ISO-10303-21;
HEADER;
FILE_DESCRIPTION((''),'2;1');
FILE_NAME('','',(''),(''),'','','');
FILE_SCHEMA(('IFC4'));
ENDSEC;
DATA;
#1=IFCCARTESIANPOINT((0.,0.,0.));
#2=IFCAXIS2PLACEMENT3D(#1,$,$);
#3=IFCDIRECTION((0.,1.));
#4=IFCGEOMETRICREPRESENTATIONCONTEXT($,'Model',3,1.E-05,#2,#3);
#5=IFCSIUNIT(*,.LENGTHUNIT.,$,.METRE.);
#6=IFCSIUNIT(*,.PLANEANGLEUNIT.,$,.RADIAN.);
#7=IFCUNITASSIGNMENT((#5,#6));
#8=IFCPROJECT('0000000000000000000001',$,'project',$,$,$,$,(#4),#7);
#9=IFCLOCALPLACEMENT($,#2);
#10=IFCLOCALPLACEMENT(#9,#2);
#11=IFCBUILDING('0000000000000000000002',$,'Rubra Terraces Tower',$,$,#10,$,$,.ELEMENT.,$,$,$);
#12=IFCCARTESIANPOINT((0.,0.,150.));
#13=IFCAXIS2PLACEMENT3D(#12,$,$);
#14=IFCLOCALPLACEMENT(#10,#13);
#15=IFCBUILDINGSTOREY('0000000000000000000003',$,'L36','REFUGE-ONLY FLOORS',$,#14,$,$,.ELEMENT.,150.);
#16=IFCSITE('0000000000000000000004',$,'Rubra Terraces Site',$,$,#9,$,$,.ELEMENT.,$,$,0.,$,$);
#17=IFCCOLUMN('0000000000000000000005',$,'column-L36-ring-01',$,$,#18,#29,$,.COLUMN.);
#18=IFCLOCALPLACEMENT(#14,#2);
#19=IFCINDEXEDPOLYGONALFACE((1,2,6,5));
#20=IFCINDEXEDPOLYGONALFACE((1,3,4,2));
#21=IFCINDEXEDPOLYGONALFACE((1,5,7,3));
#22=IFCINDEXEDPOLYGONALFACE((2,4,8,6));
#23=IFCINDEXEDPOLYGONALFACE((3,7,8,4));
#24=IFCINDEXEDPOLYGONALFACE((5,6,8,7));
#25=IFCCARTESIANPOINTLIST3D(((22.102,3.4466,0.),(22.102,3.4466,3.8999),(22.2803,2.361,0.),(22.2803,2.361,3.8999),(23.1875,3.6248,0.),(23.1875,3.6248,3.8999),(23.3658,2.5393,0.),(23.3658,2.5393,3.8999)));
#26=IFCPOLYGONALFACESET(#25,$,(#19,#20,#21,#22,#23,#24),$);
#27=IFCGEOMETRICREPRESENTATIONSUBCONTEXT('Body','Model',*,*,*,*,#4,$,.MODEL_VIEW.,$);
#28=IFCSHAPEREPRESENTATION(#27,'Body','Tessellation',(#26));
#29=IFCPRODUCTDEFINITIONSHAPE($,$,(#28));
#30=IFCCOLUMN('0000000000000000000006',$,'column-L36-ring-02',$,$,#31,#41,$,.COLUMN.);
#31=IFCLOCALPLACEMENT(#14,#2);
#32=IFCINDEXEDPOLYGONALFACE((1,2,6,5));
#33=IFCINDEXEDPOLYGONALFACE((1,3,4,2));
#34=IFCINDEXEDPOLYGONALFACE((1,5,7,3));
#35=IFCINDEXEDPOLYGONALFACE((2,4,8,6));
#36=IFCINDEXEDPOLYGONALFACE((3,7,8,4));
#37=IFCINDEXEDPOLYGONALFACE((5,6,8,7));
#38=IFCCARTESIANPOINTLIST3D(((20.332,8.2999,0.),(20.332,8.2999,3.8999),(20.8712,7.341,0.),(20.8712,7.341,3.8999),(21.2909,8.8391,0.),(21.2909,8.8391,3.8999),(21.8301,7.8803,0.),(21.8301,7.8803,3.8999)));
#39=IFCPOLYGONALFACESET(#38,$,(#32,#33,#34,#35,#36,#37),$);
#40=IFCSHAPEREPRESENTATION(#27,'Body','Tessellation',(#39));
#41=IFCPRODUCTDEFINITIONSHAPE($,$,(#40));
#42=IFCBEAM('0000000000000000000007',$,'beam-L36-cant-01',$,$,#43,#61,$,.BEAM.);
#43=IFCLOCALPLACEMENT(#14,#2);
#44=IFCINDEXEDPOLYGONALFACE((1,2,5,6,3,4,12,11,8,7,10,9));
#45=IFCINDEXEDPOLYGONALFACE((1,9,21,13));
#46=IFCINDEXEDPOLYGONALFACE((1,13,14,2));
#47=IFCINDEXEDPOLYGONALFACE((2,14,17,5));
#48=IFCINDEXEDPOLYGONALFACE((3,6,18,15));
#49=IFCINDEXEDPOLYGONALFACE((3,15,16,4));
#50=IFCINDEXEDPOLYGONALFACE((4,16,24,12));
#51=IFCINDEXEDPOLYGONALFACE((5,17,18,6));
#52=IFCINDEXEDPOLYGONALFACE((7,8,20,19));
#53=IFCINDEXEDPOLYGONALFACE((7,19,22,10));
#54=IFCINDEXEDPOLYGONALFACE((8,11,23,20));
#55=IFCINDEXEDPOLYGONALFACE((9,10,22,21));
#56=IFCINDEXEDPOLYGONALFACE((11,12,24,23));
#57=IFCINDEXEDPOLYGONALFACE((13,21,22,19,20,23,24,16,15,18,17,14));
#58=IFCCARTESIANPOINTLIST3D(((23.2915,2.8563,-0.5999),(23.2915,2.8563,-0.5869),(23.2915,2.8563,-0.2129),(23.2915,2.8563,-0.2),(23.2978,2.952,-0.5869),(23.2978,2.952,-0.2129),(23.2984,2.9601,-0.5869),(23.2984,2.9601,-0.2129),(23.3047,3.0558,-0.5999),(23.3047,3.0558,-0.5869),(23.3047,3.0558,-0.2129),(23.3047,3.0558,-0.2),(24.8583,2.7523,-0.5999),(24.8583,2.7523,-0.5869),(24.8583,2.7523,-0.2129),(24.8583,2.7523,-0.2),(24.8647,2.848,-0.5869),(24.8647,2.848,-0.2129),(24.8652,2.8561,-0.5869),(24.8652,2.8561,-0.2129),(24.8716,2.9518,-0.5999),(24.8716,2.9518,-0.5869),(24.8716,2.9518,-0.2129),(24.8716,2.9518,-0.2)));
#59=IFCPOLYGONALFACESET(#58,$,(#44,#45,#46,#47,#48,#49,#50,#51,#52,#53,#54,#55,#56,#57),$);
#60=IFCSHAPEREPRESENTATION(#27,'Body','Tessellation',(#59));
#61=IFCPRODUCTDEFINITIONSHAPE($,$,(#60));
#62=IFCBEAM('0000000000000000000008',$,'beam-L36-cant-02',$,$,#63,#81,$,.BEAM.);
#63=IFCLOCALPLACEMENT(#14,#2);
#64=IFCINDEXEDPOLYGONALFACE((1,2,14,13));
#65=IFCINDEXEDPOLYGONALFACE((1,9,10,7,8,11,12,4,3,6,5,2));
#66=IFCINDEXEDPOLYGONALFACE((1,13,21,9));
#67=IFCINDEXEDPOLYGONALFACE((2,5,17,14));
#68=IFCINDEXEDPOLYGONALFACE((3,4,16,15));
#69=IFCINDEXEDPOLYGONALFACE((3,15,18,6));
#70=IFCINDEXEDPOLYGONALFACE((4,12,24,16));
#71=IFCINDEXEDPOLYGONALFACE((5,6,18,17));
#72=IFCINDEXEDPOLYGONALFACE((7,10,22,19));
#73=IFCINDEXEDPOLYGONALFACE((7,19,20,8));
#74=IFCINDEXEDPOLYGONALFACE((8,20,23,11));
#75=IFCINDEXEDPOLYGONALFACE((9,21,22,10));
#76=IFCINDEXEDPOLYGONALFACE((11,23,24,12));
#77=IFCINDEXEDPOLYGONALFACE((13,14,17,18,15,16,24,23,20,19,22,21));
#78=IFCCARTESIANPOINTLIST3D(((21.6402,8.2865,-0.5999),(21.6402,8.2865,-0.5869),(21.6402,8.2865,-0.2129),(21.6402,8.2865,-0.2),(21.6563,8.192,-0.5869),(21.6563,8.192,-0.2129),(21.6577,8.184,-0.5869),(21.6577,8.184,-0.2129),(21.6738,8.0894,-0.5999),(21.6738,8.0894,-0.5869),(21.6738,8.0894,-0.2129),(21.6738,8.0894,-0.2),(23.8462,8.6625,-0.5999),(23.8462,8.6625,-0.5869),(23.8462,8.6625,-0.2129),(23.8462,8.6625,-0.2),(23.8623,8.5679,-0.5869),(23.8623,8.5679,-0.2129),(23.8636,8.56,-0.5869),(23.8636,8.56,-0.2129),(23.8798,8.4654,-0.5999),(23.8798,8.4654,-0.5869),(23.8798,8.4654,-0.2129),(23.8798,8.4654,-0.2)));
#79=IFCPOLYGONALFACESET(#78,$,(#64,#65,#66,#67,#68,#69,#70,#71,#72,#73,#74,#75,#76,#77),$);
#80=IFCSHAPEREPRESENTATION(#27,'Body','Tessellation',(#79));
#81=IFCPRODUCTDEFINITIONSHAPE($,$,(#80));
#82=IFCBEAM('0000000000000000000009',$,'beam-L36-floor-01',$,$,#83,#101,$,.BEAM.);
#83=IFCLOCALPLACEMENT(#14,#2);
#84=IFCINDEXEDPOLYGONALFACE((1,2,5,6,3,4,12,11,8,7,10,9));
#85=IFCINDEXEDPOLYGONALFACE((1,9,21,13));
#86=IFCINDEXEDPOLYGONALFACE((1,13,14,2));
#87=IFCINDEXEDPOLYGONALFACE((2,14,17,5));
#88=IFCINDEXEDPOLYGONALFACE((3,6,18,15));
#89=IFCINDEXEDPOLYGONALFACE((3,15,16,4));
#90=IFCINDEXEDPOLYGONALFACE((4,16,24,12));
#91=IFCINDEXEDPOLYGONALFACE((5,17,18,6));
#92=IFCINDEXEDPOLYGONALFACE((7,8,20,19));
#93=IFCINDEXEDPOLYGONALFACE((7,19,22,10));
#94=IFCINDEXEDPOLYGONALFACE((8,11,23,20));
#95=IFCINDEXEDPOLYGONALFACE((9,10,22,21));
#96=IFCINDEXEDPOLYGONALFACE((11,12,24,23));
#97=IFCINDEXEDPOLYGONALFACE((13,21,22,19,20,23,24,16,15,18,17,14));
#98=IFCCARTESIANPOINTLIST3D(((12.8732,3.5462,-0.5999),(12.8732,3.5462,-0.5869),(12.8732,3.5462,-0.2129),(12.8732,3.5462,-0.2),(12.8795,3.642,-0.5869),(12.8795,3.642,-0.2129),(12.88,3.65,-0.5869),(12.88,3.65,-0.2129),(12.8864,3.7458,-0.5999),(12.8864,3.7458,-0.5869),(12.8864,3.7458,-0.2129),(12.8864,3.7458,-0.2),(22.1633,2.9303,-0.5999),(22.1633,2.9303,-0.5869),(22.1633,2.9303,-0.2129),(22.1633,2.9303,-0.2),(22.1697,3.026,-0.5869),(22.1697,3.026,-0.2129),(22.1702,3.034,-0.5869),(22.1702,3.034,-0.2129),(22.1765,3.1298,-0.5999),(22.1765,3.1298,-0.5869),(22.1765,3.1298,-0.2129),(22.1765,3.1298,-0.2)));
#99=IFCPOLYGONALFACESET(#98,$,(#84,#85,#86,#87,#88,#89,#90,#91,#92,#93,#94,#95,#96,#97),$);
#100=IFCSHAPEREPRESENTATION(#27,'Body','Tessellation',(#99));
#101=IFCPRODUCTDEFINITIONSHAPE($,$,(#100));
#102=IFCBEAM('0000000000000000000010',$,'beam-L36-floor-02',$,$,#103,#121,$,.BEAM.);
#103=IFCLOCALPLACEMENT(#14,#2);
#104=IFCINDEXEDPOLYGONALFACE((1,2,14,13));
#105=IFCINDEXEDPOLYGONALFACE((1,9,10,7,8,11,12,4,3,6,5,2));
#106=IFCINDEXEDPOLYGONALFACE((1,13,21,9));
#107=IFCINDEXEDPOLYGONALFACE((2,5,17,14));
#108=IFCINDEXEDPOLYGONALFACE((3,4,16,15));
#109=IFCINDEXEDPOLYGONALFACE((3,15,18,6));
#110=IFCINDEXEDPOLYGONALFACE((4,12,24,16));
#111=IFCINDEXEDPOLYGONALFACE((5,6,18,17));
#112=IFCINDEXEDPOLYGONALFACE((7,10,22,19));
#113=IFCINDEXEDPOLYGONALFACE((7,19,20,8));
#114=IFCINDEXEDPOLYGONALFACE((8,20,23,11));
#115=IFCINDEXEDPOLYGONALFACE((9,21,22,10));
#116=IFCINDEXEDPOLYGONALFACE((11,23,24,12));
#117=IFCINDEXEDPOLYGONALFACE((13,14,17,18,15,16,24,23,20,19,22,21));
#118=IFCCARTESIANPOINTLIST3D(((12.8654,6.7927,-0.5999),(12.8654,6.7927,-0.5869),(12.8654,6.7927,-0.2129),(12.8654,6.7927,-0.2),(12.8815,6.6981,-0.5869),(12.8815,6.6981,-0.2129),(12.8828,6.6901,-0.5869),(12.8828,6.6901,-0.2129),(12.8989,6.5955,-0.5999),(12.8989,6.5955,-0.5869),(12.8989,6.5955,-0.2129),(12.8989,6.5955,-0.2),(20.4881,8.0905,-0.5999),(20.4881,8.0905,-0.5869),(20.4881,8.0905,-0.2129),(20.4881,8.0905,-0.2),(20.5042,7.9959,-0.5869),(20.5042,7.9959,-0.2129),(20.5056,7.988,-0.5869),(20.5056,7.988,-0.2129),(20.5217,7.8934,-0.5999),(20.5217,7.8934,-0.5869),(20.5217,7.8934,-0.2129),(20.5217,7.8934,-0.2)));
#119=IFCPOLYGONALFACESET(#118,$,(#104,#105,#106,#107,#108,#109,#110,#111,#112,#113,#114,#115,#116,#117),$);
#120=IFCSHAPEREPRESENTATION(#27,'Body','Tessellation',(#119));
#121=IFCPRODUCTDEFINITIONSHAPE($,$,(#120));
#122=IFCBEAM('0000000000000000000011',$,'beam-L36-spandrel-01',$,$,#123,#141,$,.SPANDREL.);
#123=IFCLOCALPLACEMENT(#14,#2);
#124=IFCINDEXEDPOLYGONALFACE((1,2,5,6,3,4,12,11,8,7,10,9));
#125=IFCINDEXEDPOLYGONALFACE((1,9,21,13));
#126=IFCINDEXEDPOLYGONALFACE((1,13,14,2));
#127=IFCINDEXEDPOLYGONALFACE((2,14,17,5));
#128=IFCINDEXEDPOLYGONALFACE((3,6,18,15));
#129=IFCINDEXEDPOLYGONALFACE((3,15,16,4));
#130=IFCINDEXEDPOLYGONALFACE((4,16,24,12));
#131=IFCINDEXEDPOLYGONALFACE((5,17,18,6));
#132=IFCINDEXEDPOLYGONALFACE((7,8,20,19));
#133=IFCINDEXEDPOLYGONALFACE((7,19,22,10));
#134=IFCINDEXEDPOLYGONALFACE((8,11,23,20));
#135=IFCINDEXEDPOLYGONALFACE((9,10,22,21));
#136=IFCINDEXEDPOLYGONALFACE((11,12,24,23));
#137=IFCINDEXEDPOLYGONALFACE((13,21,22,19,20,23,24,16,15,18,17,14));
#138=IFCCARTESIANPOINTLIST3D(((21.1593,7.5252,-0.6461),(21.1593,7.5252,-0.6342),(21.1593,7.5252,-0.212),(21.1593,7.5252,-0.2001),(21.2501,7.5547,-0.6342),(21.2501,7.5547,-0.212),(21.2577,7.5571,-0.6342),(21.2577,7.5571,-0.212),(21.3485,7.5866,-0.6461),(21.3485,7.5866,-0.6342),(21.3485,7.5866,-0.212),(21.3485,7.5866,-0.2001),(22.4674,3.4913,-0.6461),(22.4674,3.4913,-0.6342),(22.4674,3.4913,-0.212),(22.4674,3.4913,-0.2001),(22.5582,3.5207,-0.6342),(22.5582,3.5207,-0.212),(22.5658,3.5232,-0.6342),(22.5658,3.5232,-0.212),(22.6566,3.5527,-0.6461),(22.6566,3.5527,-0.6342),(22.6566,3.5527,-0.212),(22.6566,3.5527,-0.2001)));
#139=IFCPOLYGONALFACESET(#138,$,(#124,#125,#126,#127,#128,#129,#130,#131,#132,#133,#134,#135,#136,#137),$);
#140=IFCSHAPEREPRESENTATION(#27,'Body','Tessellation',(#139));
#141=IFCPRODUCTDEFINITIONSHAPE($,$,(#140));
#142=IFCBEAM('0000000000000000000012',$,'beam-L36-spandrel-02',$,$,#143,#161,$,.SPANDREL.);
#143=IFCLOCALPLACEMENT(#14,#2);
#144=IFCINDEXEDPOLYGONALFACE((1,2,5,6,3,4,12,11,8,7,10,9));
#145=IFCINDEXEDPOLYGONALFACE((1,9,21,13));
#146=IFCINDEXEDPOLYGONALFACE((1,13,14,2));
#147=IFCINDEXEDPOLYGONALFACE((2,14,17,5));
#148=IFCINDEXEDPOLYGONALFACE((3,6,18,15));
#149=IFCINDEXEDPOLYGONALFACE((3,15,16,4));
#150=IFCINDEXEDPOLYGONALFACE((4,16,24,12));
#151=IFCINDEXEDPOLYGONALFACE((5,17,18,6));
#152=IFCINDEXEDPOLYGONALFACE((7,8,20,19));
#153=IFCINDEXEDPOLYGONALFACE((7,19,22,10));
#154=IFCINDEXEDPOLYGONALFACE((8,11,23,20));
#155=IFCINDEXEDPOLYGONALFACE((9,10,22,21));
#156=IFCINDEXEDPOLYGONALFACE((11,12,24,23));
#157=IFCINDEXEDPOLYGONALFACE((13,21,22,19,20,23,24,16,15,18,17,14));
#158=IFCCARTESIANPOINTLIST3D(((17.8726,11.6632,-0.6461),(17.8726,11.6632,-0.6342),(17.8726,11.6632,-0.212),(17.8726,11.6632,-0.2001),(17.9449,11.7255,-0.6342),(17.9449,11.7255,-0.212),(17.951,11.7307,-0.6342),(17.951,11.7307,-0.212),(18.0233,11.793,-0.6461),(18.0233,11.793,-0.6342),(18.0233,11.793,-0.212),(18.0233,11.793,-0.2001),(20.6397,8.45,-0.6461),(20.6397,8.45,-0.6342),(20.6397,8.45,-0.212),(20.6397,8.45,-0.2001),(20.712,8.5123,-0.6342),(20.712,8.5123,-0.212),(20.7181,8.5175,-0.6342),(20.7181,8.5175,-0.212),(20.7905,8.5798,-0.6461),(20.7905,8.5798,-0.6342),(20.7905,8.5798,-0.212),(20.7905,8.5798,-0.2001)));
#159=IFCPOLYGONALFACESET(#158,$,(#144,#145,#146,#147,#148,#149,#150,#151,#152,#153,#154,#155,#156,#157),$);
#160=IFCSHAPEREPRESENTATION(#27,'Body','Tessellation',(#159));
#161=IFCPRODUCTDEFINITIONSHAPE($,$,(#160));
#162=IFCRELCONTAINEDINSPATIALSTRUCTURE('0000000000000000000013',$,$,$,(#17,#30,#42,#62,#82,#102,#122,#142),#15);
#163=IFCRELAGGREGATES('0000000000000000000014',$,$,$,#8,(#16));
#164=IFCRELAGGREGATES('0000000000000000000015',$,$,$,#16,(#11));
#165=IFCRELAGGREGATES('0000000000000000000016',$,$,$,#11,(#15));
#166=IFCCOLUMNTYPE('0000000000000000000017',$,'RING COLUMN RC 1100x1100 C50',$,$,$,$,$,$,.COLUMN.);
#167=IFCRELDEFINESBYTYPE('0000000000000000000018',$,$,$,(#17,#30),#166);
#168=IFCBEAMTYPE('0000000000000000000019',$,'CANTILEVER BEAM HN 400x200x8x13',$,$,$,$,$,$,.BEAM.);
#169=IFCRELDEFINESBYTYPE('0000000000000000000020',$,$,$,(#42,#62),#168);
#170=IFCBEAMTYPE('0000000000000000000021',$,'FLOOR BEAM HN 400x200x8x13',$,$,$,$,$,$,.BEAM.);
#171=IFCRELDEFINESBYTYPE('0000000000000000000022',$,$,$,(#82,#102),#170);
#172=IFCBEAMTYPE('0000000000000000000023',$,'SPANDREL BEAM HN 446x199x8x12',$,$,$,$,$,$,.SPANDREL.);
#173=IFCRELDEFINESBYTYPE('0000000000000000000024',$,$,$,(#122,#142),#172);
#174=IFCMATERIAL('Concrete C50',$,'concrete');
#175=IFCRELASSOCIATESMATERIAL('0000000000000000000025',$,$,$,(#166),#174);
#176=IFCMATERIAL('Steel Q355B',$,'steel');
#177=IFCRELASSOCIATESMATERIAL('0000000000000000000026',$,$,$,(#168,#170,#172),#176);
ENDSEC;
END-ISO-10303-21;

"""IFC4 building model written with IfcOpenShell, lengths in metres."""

from ifc_helpers import new_model, si_unit, direction, frame, origin, origin_2d, place, context, subcontext, project, spatial, rectangle, i_section, extrude, material, material_profile, profile_set, type_object, element, save


model = new_model("IFC4")

# Units and contexts
model_context = context("Model", 3, precision=1e-05, world=origin(), true_north=direction((0.0, 1.0)))
body_context = subcontext(model_context, "Body", "Model", "MODEL_VIEW")
ifc_project = project(units=[si_unit("LENGTHUNIT", "METRE"), si_unit("PLANEANGLEUNIT", "RADIAN")], contexts=[model_context])

# Site, building, storey
site_placement = place(None, origin())
site = spatial("IfcSite", under=ifc_project, at=site_placement, Name="Rubra Terraces Site", CompositionType="ELEMENT", RefElevation=0.0)
building_placement = place(site_placement, origin())
building = spatial("IfcBuilding", under=site, at=building_placement, Name="Rubra Terraces Tower", CompositionType="ELEMENT")
storey_placement = place(building_placement, frame((0.0, 0.0, 150.0)))
storey = spatial("IfcBuildingStorey", under=building, at=storey_placement, Name="L36", Description="REFUGE-ONLY FLOORS", CompositionType="ELEMENT", Elevation=150.0)

# Columns
ifc_material_1 = material(Name="Concrete C50", Category="concrete")
ifc_material_profile_1 = material_profile(ifc_material_1, rectangle(XDim=1.1001, YDim=1.1001, at=origin_2d()), Name="RC 1100x1100")
ifc_profile_set_1 = profile_set([ifc_material_profile_1], Name="Concrete C50")
column_type = type_object("IfcColumnType", Name="RING COLUMN RC 1100x1100 C50", PredefinedType="COLUMN", material=ifc_profile_set_1)
for number, where, z_axis, x_axis, name in (
    (1, (22.7339, 2.9929, 0.0), (0.0, 0.0, 1.0), (-0.162062, 0.986781, 0.0), "column-L36-ring-01"),
    (2, (21.0811, 8.0901, 0.0), (0.0, 0.0, 1.0), (-0.490162, 0.871631, 0.0), "column-L36-ring-02"),
):
    element("IfcColumn", number, at=place(storey_placement, frame(where, z_axis=z_axis, x_axis=x_axis)), inside=storey, type_object=column_type, Name=name, PredefinedType="COLUMN", context=body_context, shape_type="SweptSolid", body=[
        extrude(rectangle(XDim=1.1001, YDim=1.1001, at=origin_2d()), origin(), (0.0, 0.0, 1.0), 3.8999),
    ])

# Beams
ifc_material_2 = material(Name="Steel Q355B", Category="steel")
ifc_material_profile_2 = material_profile(ifc_material_2, i_section(OverallWidth=0.2, OverallDepth=0.3999, WebThickness=0.0081, FlangeThickness=0.0129, at=origin_2d()), Name="HN 400x200x8x13")
ifc_profile_set_2 = profile_set([ifc_material_profile_2], Name="Steel Q355B")
beam_type_1 = type_object("IfcBeamType", Name="CANTILEVER BEAM HN 400x200x8x13", PredefinedType="BEAM", material=ifc_profile_set_2)
beam_1_placement = place(storey_placement, frame((23.2981, 2.9561, -0.3999), z_axis=(0.997804, -0.06623, 0.0), x_axis=(0.06623, 0.997804, 0.0)))
element("IfcBeam", 3, at=beam_1_placement, inside=storey, type_object=beam_type_1, Name="beam-L36-cant-01", PredefinedType="BEAM", context=body_context, shape_type="SweptSolid", body=[
    extrude(i_section(OverallWidth=0.2, OverallDepth=0.3999, WebThickness=0.0081, FlangeThickness=0.0129, at=origin_2d()), origin(), (0.0, 0.0, 1.0), 1.5703),
])
beam_2_placement = place(storey_placement, frame((21.657, 8.188, -0.3999), z_axis=(0.985786, 0.168007, 0.0), x_axis=(-0.168007, 0.985786, 0.0)))
element("IfcBeam", 4, at=beam_2_placement, inside=storey, type_object=beam_type_1, Name="beam-L36-cant-02", PredefinedType="BEAM", context=body_context, shape_type="SweptSolid", body=[
    extrude(i_section(OverallWidth=0.2, OverallDepth=0.3999, WebThickness=0.0081, FlangeThickness=0.0129, at=origin_2d()), origin(), (0.0, 0.0, 1.0), 2.2378),
])
ifc_material_profile_3 = material_profile(ifc_material_2, i_section(OverallWidth=0.2, OverallDepth=0.3999, WebThickness=0.0081, FlangeThickness=0.0129, at=origin_2d()), Name="HN 400x200x8x13")
ifc_profile_set_3 = profile_set([ifc_material_profile_3], Name="Steel Q355B")
beam_type_2 = type_object("IfcBeamType", Name="FLOOR BEAM HN 400x200x8x13", PredefinedType="BEAM", material=ifc_profile_set_3)
beam_3_placement = place(storey_placement, frame((22.1699, 3.03, -0.3999), z_axis=(-0.997809, 0.066159, 0.0), x_axis=(-0.066159, -0.997809, 0.0)))
element("IfcBeam", 5, at=beam_3_placement, inside=storey, type_object=beam_type_2, Name="beam-L36-floor-01", PredefinedType="BEAM", context=body_context, shape_type="SweptSolid", body=[
    extrude(i_section(OverallWidth=0.2, OverallDepth=0.3999, WebThickness=0.0081, FlangeThickness=0.0129, at=origin_2d()), origin(), (0.0, 0.0, 1.0), 9.3105),
])
beam_4_placement = place(storey_placement, frame((20.5049, 7.9919, -0.3999), z_axis=(-0.985814, -0.167844, 0.0), x_axis=(0.167844, -0.985814, 0.0)))
element("IfcBeam", 6, at=beam_4_placement, inside=storey, type_object=beam_type_2, Name="beam-L36-floor-02", PredefinedType="BEAM", context=body_context, shape_type="SweptSolid", body=[
    extrude(i_section(OverallWidth=0.2, OverallDepth=0.3999, WebThickness=0.0081, FlangeThickness=0.0129, at=origin_2d()), origin(), (0.0, 0.0, 1.0), 7.7324),
])
ifc_material_profile_4 = material_profile(ifc_material_2, i_section(OverallWidth=0.199, OverallDepth=0.446, WebThickness=0.0081, FlangeThickness=0.012, at=origin_2d()), Name="HN 446x199x8x12")
ifc_profile_set_4 = profile_set([ifc_material_profile_4], Name="Steel Q355B")
beam_type_3 = type_object("IfcBeamType", Name="SPANDREL BEAM HN 446x199x8x12", PredefinedType="SPANDREL", material=ifc_profile_set_4)
beam_5_placement = place(storey_placement, frame((22.562, 3.522, -0.4231), z_axis=(-0.308462, 0.951237, 0.0), x_axis=(-0.951237, -0.308462, 0.0)))
element("IfcBeam", 7, at=beam_5_placement, inside=storey, type_object=beam_type_3, Name="beam-L36-spandrel-01", PredefinedType="SPANDREL", context=body_context, shape_type="SweptSolid", body=[
    extrude(i_section(OverallWidth=0.199, OverallDepth=0.446, WebThickness=0.0081, FlangeThickness=0.012, at=origin_2d()), origin(), (0.0, 0.0, 1.0), 4.2407),
])
beam_6_placement = place(storey_placement, frame((20.7151, 8.5149, -0.4231), z_axis=(-0.652553, 0.757743, 0.0), x_axis=(-0.757743, -0.652553, 0.0)))
element("IfcBeam", 8, at=beam_6_placement, inside=storey, type_object=beam_type_3, Name="beam-L36-spandrel-02", PredefinedType="SPANDREL", context=body_context, shape_type="SweptSolid", body=[
    extrude(i_section(OverallWidth=0.199, OverallDepth=0.446, WebThickness=0.0081, FlangeThickness=0.012, at=origin_2d()), origin(), (0.0, 0.0, 1.0), 4.2405),
])

save(model, "model.ifc")
